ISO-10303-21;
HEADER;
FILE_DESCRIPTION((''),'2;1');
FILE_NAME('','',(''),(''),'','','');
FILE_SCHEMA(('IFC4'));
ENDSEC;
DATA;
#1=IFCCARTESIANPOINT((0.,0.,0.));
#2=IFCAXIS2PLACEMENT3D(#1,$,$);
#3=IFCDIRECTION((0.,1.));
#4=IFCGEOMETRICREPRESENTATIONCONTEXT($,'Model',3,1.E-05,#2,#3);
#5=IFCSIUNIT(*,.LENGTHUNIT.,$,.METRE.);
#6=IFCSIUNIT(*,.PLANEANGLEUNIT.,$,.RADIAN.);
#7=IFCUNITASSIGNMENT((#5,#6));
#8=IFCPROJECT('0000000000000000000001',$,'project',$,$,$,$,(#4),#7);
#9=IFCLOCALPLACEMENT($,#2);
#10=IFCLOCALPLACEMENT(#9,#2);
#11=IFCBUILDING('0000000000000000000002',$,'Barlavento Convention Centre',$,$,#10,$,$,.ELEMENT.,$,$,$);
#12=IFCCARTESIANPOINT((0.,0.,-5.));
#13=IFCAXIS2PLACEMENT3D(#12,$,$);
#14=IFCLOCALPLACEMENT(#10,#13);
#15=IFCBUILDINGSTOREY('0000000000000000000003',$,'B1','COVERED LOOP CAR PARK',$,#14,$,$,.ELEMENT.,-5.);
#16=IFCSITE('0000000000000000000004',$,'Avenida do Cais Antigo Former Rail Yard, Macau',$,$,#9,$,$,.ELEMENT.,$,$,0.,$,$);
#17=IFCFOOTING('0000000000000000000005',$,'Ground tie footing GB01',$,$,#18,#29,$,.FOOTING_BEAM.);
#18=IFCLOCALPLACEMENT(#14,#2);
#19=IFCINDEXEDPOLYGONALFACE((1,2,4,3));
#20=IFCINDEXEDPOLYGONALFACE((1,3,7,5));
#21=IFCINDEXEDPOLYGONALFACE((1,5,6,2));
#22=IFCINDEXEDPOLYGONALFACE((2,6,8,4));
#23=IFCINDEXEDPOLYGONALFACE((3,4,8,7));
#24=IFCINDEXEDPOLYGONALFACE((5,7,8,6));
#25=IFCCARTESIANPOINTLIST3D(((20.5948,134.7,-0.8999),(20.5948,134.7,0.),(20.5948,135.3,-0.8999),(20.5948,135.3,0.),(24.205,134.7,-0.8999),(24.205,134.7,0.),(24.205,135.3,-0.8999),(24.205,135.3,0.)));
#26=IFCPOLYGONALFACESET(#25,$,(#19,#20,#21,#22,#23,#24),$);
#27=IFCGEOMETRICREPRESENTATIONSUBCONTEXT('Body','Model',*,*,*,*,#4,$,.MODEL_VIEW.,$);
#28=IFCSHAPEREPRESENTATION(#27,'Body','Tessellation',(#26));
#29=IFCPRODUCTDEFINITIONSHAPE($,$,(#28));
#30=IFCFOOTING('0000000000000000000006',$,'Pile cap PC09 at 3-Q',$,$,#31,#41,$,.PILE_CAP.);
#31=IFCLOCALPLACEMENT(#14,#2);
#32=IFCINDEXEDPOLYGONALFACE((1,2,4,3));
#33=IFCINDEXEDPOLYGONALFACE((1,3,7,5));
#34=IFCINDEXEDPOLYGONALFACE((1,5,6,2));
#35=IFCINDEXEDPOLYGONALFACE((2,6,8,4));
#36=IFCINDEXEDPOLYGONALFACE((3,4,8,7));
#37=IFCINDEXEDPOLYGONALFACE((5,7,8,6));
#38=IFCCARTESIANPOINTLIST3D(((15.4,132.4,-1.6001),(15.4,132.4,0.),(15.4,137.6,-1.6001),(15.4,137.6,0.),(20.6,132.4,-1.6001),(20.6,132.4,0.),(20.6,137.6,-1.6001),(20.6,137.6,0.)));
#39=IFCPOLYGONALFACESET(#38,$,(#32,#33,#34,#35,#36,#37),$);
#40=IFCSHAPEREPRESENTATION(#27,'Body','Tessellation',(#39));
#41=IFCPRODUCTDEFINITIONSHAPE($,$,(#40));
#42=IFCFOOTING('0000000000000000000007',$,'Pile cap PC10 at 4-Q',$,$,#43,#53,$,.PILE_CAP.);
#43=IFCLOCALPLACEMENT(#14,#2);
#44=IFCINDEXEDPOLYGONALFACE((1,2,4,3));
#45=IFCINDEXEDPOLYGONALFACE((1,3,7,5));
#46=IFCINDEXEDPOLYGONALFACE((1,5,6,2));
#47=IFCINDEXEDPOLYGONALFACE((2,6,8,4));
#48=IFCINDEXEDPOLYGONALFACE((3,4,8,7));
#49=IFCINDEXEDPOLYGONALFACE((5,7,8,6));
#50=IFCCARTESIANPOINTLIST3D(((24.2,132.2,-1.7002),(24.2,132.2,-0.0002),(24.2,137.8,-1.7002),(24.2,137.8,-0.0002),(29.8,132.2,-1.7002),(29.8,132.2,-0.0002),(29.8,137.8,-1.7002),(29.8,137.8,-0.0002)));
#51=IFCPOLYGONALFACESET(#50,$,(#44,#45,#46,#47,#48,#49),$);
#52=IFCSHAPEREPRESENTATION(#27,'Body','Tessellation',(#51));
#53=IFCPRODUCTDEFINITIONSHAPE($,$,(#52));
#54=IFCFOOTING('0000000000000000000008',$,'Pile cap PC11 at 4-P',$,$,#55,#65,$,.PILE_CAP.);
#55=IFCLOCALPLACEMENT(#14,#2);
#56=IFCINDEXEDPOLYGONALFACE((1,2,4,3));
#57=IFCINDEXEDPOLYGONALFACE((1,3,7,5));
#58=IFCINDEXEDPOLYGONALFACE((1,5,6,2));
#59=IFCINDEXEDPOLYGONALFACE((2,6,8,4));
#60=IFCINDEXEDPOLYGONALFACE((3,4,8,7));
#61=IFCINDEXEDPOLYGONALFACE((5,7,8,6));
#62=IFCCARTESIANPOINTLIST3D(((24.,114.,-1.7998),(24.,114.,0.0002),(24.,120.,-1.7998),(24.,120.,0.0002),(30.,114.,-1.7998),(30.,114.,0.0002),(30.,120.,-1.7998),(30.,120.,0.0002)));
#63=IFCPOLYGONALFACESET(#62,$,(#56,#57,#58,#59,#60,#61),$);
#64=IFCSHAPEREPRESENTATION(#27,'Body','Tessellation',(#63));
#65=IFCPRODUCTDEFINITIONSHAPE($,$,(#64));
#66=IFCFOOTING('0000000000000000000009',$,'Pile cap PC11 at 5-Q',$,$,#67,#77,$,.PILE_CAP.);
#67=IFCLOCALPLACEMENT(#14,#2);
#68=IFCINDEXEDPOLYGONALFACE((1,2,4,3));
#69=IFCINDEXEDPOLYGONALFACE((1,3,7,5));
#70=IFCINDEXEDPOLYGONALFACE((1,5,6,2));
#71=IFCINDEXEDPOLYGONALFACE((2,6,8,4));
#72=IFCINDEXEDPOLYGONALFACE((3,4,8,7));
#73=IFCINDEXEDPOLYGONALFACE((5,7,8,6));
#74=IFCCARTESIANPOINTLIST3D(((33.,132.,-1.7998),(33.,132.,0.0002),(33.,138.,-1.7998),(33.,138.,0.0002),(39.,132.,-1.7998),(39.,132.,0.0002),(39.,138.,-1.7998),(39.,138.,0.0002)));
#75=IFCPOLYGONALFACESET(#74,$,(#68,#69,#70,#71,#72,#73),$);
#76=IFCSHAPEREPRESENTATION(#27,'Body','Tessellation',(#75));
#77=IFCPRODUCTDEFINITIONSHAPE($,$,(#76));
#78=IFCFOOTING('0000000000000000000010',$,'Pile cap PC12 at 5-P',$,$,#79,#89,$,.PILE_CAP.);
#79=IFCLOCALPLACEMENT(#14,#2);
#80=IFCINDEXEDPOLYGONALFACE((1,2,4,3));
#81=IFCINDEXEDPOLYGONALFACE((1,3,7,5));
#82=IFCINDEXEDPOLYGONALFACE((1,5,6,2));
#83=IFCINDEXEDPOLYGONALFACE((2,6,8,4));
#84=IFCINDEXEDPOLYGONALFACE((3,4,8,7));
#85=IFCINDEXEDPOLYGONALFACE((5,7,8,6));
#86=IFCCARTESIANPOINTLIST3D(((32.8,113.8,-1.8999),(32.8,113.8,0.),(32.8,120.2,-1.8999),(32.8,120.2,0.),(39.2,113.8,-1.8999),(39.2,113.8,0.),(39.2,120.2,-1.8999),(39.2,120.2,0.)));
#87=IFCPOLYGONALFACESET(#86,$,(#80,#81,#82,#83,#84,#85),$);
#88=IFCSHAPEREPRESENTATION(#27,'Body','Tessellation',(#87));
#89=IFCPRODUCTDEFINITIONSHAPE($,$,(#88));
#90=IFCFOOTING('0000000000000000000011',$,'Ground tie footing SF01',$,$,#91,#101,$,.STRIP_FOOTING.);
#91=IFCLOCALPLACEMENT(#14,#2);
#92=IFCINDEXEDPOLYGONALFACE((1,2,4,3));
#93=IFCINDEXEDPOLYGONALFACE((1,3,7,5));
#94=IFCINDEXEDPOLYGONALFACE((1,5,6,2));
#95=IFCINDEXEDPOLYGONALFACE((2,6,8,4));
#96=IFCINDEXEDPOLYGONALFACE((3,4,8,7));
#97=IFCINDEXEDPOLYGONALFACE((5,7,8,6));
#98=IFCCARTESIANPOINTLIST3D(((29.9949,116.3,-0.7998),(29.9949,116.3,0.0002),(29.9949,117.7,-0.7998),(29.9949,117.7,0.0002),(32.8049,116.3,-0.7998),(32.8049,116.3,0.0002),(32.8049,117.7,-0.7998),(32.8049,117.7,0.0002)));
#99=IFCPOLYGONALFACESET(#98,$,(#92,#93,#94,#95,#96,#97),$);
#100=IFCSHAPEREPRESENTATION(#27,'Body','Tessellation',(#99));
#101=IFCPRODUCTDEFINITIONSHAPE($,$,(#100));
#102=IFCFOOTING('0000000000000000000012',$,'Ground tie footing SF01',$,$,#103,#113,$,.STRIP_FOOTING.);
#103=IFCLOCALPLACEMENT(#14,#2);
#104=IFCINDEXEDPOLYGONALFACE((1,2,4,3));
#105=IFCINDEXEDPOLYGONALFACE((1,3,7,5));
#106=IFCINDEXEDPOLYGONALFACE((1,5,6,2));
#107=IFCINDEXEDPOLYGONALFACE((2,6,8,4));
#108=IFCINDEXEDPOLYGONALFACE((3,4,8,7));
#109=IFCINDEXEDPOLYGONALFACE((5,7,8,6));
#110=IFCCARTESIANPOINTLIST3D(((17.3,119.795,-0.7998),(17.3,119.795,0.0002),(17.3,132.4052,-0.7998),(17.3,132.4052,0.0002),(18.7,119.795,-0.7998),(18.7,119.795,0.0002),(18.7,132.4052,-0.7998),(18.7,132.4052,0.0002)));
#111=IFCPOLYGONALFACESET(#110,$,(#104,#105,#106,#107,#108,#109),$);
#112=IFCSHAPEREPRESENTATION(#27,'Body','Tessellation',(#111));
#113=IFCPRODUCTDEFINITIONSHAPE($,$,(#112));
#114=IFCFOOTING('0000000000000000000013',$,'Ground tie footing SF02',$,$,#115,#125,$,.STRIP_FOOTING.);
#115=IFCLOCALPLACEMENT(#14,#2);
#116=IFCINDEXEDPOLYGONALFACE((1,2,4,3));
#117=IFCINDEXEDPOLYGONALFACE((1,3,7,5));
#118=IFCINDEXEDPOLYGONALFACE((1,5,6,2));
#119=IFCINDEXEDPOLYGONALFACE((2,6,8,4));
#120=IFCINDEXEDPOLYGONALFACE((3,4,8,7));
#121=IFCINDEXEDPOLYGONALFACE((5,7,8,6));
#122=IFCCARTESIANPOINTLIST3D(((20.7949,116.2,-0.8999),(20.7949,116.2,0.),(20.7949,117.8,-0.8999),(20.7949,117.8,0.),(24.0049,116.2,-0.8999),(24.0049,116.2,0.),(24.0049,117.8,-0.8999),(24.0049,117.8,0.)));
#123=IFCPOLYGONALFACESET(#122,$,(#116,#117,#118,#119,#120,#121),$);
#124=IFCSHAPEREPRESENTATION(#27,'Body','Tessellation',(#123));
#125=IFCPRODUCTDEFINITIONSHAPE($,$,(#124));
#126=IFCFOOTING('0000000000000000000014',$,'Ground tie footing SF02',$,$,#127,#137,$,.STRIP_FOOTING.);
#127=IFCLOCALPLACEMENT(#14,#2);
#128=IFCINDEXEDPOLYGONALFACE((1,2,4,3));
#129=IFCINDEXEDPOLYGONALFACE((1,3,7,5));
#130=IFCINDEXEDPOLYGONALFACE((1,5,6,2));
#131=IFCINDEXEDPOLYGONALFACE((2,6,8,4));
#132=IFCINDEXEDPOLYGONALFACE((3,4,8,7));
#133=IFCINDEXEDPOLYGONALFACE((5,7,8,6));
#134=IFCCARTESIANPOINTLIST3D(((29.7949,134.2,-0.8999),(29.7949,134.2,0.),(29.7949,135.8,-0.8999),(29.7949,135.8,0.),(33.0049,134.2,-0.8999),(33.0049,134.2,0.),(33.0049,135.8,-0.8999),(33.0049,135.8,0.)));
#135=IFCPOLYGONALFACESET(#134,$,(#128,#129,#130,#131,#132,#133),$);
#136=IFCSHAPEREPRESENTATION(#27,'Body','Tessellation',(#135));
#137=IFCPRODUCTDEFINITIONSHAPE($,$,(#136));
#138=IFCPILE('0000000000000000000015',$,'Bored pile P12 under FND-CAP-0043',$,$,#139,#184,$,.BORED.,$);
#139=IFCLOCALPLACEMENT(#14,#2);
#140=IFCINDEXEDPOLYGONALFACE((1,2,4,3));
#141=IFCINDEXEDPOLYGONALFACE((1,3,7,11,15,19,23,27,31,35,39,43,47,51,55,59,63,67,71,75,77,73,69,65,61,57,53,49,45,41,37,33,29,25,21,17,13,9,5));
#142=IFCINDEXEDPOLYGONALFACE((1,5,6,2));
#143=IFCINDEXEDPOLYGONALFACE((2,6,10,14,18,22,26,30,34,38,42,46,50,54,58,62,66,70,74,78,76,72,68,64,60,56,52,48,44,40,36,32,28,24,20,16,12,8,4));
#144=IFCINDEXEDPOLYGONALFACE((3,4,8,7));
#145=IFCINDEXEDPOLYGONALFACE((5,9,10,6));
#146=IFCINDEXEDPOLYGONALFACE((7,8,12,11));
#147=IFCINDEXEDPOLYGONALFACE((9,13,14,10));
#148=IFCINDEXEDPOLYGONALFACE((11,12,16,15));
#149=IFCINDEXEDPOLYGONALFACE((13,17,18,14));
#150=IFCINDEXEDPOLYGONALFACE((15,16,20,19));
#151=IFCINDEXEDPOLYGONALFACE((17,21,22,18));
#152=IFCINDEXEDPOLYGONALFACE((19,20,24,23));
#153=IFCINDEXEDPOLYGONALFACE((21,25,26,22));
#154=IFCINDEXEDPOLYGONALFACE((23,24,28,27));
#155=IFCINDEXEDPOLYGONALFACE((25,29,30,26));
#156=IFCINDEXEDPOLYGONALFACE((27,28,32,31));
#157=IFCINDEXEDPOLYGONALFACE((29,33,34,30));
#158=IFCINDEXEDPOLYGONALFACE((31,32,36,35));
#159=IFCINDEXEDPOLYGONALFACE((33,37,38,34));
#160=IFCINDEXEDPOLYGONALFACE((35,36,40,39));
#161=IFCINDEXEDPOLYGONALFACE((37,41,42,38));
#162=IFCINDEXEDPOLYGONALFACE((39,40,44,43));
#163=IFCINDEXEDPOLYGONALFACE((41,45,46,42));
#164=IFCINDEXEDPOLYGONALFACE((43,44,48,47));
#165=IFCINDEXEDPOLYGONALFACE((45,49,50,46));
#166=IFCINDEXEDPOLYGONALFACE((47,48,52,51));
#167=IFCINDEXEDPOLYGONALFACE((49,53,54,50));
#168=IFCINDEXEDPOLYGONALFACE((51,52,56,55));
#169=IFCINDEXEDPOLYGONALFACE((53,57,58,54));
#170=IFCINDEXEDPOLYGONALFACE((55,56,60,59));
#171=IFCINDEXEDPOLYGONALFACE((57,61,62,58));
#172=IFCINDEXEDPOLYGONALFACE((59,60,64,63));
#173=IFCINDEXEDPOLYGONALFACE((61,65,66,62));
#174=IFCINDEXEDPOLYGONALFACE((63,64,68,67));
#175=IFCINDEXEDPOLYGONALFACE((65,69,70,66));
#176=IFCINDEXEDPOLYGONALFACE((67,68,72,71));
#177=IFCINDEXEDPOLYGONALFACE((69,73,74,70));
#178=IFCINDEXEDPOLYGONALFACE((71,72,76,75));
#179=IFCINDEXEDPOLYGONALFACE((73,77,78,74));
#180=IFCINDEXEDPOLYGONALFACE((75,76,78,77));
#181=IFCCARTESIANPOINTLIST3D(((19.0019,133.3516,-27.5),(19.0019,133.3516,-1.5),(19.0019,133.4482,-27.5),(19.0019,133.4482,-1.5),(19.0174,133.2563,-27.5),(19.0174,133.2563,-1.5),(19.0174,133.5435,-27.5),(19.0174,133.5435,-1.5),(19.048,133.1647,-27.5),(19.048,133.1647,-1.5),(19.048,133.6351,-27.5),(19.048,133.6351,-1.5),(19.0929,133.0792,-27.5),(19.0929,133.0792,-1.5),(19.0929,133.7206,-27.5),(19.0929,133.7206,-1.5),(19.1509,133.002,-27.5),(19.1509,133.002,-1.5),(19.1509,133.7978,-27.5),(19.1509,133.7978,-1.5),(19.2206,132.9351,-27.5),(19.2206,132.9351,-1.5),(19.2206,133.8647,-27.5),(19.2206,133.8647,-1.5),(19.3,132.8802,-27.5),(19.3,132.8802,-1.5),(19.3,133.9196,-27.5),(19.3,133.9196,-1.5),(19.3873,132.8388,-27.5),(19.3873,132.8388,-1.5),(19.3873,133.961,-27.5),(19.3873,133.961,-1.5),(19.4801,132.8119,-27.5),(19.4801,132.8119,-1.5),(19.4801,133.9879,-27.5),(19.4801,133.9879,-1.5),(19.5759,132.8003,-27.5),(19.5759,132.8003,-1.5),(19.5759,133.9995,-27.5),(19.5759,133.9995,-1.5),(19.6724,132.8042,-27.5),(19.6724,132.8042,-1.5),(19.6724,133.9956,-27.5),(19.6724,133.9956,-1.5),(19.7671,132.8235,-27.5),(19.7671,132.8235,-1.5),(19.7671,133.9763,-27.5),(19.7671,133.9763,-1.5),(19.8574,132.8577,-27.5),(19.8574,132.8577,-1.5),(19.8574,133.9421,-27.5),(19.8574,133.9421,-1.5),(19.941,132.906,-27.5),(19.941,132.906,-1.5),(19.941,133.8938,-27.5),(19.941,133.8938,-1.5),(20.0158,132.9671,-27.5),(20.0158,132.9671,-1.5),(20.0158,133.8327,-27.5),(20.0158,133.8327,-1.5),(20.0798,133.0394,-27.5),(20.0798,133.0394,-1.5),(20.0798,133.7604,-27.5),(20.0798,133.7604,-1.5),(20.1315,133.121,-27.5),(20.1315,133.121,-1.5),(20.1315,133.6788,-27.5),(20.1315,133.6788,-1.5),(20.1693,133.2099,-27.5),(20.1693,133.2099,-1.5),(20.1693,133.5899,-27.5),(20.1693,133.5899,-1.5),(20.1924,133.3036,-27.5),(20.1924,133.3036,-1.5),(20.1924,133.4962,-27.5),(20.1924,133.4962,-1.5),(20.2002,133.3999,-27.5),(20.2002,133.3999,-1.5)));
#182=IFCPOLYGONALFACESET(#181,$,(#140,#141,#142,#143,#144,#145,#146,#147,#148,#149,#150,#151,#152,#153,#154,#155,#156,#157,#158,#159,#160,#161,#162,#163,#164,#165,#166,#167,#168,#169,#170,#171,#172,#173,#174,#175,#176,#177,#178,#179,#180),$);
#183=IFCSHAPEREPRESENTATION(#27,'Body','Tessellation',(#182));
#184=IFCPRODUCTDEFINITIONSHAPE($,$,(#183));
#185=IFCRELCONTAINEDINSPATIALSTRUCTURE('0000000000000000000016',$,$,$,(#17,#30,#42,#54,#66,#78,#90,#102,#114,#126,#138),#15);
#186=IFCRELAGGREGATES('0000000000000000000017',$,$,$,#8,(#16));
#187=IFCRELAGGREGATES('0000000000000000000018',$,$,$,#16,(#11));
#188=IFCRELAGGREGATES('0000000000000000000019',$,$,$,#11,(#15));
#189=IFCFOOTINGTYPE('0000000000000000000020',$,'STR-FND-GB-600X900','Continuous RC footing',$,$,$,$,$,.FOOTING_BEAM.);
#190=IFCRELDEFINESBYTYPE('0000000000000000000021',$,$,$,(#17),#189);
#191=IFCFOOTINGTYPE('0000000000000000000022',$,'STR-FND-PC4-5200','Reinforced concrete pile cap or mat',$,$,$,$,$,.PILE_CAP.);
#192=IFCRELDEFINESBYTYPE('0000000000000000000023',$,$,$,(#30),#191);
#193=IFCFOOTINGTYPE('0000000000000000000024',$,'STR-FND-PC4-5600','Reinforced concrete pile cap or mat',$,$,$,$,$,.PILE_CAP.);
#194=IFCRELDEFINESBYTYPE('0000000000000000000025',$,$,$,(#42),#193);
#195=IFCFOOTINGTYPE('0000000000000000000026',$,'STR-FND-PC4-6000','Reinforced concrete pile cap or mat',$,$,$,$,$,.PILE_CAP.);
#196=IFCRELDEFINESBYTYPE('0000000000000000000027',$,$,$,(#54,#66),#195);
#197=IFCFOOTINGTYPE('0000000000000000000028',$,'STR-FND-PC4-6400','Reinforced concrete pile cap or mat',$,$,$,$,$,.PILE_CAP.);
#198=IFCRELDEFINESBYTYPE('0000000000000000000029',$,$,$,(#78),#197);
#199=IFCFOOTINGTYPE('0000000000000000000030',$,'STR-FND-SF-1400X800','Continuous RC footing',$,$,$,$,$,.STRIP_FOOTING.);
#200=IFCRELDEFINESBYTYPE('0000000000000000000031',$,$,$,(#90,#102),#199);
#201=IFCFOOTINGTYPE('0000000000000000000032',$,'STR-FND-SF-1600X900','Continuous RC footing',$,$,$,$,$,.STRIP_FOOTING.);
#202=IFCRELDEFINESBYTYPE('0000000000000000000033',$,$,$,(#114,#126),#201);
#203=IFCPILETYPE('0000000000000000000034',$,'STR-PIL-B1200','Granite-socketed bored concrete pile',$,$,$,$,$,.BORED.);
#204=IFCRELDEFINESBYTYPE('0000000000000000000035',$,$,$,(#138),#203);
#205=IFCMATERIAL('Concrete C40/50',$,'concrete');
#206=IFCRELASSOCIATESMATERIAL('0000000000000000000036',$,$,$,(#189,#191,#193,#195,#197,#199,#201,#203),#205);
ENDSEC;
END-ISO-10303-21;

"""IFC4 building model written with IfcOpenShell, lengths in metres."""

from ifc_helpers import new_model, si_unit, direction, frame, origin, origin_2d, place, context, subcontext, project, spatial, rectangle, circle, extrude, material, material_profile, profile_set, type_object, element, save


model = new_model("IFC4")

# Units and contexts
model_context = context("Model", 3, precision=1e-05, world=origin(), true_north=direction((0.0, 1.0)))
body_context = subcontext(model_context, "Body", "Model", "MODEL_VIEW")
ifc_project = project(units=[si_unit("LENGTHUNIT", "METRE"), si_unit("PLANEANGLEUNIT", "RADIAN")], contexts=[model_context])

# Site, building, storey
site_placement = place(None, origin())
site = spatial("IfcSite", under=ifc_project, at=site_placement, Name="Avenida do Cais Antigo Former Rail Yard, Macau", CompositionType="ELEMENT", RefElevation=0.0)
building_placement = place(site_placement, origin())
building = spatial("IfcBuilding", under=site, at=building_placement, Name="Barlavento Convention Centre", CompositionType="ELEMENT")
storey_placement = place(building_placement, frame((0.0, 0.0, -5.0)))
storey = spatial("IfcBuildingStorey", under=building, at=storey_placement, Name="B1", Description="COVERED LOOP CAR PARK", CompositionType="ELEMENT", Elevation=-5.0)

# Footings
ifc_material_1 = material(Name="Concrete C40/50", Category="concrete")
footing_type_1 = type_object("IfcFootingType", Name="STR-FND-GB-600X900", Description="Continuous RC footing", PredefinedType="FOOTING_BEAM", material=ifc_material_1)
footing_1_placement = place(storey_placement, frame((22.3999, 135.0, -0.8999), z_axis=(0.0, 0.0, 1.0), x_axis=(1.0, 0.0, 0.0)))
element("IfcFooting", 1, at=footing_1_placement, inside=storey, type_object=footing_type_1, Name="Ground tie footing GB01", PredefinedType="FOOTING_BEAM", context=body_context, shape_type="SweptSolid", body=[
    extrude(rectangle(XDim=3.6101, YDim=0.6001, at=origin_2d()), origin(), (0.0, 0.0, 1.0), 0.8999),
])
footing_type_2 = type_object("IfcFootingType", Name="STR-FND-PC4-5200", Description="Reinforced concrete pile cap or mat", PredefinedType="PILE_CAP", material=ifc_material_1)
footing_2_placement = place(storey_placement, frame((18.0, 135.0, -1.6001), z_axis=(0.0, 0.0, 1.0), x_axis=(1.0, 0.0, 0.0)))
element("IfcFooting", 2, at=footing_2_placement, inside=storey, type_object=footing_type_2, Name="Pile cap PC09 at 3-Q", PredefinedType="PILE_CAP", context=body_context, shape_type="SweptSolid", body=[
    extrude(rectangle(XDim=5.2, YDim=5.2, at=origin_2d()), origin(), (0.0, 0.0, 1.0), 1.6001),
])
footing_type_3 = type_object("IfcFootingType", Name="STR-FND-PC4-5600", Description="Reinforced concrete pile cap or mat", PredefinedType="PILE_CAP", material=ifc_material_1)
footing_3_placement = place(storey_placement, frame((27.0, 135.0, -1.7002), z_axis=(0.0, 0.0, 1.0), x_axis=(1.0, 0.0, 0.0)))
element("IfcFooting", 3, at=footing_3_placement, inside=storey, type_object=footing_type_3, Name="Pile cap PC10 at 4-Q", PredefinedType="PILE_CAP", context=body_context, shape_type="SweptSolid", body=[
    extrude(rectangle(XDim=5.6001, YDim=5.6001, at=origin_2d()), origin(), (0.0, 0.0, 1.0), 1.7),
])
footing_type_4 = type_object("IfcFootingType", Name="STR-FND-PC4-6000", Description="Reinforced concrete pile cap or mat", PredefinedType="PILE_CAP", material=ifc_material_1)
for number, where, z_axis, x_axis, name in (
    (4, (27.0, 117.0, -1.7998), (0.0, 0.0, 1.0), (1.0, 0.0, 0.0), "Pile cap PC11 at 4-P"),
    (5, (36.0, 135.0, -1.7998), (0.0, 0.0, 1.0), (1.0, 0.0, 0.0), "Pile cap PC11 at 5-Q"),
):
    element("IfcFooting", number, at=place(storey_placement, frame(where, z_axis=z_axis, x_axis=x_axis)), inside=storey, type_object=footing_type_4, Name=name, PredefinedType="PILE_CAP", context=body_context, shape_type="SweptSolid", body=[
        extrude(rectangle(XDim=6.0, YDim=6.0, at=origin_2d()), origin(), (0.0, 0.0, 1.0), 1.8),
    ])
footing_type_5 = type_object("IfcFootingType", Name="STR-FND-PC4-6400", Description="Reinforced concrete pile cap or mat", PredefinedType="PILE_CAP", material=ifc_material_1)
footing_4_placement = place(storey_placement, frame((36.0, 117.0, -1.8999), z_axis=(0.0, 0.0, 1.0), x_axis=(1.0, 0.0, 0.0)))
element("IfcFooting", 6, at=footing_4_placement, inside=storey, type_object=footing_type_5, Name="Pile cap PC12 at 5-P", PredefinedType="PILE_CAP", context=body_context, shape_type="SweptSolid", body=[
    extrude(rectangle(XDim=6.3999, YDim=6.3999, at=origin_2d()), origin(), (0.0, 0.0, 1.0), 1.8999),
])
footing_type_6 = type_object("IfcFootingType", Name="STR-FND-SF-1400X800", Description="Continuous RC footing", PredefinedType="STRIP_FOOTING", material=ifc_material_1)
footing_5_placement = place(storey_placement, frame((31.3999, 117.0, -0.7998), z_axis=(0.0, 0.0, 1.0), x_axis=(1.0, 0.0, 0.0)))
element("IfcFooting", 7, at=footing_5_placement, inside=storey, type_object=footing_type_6, Name="Ground tie footing SF01", PredefinedType="STRIP_FOOTING", context=body_context, shape_type="SweptSolid", body=[
    extrude(rectangle(XDim=2.8101, YDim=1.3999, at=origin_2d()), origin(), (0.0, 0.0, 1.0), 0.8),
])
footing_6_placement = place(storey_placement, frame((18.0, 126.1001, -0.7998), z_axis=(0.0, 0.0, 1.0), x_axis=(1.0, 0.0, 0.0)))
element("IfcFooting", 8, at=footing_6_placement, inside=storey, type_object=footing_type_6, Name="Ground tie footing SF01", PredefinedType="STRIP_FOOTING", context=body_context, shape_type="SweptSolid", body=[
    extrude(rectangle(XDim=1.3999, YDim=12.6101, at=origin_2d()), origin(), (0.0, 0.0, 1.0), 0.8),
])
footing_type_7 = type_object("IfcFootingType", Name="STR-FND-SF-1600X900", Description="Continuous RC footing", PredefinedType="STRIP_FOOTING", material=ifc_material_1)
for number, where, z_axis, x_axis, name in (
    (9, (22.3999, 117.0, -0.8999), (0.0, 0.0, 1.0), (1.0, 0.0, 0.0), "Ground tie footing SF02"),
    (10, (31.3999, 135.0, -0.8999), (0.0, 0.0, 1.0), (1.0, 0.0, 0.0), "Ground tie footing SF02"),
):
    element("IfcFooting", number, at=place(storey_placement, frame(where, z_axis=z_axis, x_axis=x_axis)), inside=storey, type_object=footing_type_7, Name=name, PredefinedType="STRIP_FOOTING", context=body_context, shape_type="SweptSolid", body=[
        extrude(rectangle(XDim=3.21, YDim=1.6001, at=origin_2d()), origin(), (0.0, 0.0, 1.0), 0.8999),
    ])

# Pile
ifc_material_profile_1 = material_profile(ifc_material_1, circle(Radius=0.6001, at=origin_2d()), Name="BORED PILE 1200")
ifc_profile_set_1 = profile_set([ifc_material_profile_1], Name="Concrete C40/50")
pile_type_1 = type_object("IfcPileType", Name="STR-PIL-B1200", Description="Granite-socketed bored concrete pile", PredefinedType="BORED", material=ifc_profile_set_1)
for number, where, z_axis, x_axis, name in (
    (11, (19.6001, 133.3999, -1.5), (0.0, 0.0, -1.0), (1.0, 0.0, 0.0), "Bored pile P12 under FND-CAP-0043"),
):
    element("IfcPile", number, at=place(storey_placement, frame(where, z_axis=z_axis, x_axis=x_axis)), inside=storey, type_object=pile_type_1, Name=name, PredefinedType="BORED", context=body_context, shape_type="SweptSolid", body=[
        extrude(circle(Radius=0.6001, at=origin_2d()), origin(), (0.0, 0.0, 1.0), 26.0),
    ])

save(model, "model.ifc")
